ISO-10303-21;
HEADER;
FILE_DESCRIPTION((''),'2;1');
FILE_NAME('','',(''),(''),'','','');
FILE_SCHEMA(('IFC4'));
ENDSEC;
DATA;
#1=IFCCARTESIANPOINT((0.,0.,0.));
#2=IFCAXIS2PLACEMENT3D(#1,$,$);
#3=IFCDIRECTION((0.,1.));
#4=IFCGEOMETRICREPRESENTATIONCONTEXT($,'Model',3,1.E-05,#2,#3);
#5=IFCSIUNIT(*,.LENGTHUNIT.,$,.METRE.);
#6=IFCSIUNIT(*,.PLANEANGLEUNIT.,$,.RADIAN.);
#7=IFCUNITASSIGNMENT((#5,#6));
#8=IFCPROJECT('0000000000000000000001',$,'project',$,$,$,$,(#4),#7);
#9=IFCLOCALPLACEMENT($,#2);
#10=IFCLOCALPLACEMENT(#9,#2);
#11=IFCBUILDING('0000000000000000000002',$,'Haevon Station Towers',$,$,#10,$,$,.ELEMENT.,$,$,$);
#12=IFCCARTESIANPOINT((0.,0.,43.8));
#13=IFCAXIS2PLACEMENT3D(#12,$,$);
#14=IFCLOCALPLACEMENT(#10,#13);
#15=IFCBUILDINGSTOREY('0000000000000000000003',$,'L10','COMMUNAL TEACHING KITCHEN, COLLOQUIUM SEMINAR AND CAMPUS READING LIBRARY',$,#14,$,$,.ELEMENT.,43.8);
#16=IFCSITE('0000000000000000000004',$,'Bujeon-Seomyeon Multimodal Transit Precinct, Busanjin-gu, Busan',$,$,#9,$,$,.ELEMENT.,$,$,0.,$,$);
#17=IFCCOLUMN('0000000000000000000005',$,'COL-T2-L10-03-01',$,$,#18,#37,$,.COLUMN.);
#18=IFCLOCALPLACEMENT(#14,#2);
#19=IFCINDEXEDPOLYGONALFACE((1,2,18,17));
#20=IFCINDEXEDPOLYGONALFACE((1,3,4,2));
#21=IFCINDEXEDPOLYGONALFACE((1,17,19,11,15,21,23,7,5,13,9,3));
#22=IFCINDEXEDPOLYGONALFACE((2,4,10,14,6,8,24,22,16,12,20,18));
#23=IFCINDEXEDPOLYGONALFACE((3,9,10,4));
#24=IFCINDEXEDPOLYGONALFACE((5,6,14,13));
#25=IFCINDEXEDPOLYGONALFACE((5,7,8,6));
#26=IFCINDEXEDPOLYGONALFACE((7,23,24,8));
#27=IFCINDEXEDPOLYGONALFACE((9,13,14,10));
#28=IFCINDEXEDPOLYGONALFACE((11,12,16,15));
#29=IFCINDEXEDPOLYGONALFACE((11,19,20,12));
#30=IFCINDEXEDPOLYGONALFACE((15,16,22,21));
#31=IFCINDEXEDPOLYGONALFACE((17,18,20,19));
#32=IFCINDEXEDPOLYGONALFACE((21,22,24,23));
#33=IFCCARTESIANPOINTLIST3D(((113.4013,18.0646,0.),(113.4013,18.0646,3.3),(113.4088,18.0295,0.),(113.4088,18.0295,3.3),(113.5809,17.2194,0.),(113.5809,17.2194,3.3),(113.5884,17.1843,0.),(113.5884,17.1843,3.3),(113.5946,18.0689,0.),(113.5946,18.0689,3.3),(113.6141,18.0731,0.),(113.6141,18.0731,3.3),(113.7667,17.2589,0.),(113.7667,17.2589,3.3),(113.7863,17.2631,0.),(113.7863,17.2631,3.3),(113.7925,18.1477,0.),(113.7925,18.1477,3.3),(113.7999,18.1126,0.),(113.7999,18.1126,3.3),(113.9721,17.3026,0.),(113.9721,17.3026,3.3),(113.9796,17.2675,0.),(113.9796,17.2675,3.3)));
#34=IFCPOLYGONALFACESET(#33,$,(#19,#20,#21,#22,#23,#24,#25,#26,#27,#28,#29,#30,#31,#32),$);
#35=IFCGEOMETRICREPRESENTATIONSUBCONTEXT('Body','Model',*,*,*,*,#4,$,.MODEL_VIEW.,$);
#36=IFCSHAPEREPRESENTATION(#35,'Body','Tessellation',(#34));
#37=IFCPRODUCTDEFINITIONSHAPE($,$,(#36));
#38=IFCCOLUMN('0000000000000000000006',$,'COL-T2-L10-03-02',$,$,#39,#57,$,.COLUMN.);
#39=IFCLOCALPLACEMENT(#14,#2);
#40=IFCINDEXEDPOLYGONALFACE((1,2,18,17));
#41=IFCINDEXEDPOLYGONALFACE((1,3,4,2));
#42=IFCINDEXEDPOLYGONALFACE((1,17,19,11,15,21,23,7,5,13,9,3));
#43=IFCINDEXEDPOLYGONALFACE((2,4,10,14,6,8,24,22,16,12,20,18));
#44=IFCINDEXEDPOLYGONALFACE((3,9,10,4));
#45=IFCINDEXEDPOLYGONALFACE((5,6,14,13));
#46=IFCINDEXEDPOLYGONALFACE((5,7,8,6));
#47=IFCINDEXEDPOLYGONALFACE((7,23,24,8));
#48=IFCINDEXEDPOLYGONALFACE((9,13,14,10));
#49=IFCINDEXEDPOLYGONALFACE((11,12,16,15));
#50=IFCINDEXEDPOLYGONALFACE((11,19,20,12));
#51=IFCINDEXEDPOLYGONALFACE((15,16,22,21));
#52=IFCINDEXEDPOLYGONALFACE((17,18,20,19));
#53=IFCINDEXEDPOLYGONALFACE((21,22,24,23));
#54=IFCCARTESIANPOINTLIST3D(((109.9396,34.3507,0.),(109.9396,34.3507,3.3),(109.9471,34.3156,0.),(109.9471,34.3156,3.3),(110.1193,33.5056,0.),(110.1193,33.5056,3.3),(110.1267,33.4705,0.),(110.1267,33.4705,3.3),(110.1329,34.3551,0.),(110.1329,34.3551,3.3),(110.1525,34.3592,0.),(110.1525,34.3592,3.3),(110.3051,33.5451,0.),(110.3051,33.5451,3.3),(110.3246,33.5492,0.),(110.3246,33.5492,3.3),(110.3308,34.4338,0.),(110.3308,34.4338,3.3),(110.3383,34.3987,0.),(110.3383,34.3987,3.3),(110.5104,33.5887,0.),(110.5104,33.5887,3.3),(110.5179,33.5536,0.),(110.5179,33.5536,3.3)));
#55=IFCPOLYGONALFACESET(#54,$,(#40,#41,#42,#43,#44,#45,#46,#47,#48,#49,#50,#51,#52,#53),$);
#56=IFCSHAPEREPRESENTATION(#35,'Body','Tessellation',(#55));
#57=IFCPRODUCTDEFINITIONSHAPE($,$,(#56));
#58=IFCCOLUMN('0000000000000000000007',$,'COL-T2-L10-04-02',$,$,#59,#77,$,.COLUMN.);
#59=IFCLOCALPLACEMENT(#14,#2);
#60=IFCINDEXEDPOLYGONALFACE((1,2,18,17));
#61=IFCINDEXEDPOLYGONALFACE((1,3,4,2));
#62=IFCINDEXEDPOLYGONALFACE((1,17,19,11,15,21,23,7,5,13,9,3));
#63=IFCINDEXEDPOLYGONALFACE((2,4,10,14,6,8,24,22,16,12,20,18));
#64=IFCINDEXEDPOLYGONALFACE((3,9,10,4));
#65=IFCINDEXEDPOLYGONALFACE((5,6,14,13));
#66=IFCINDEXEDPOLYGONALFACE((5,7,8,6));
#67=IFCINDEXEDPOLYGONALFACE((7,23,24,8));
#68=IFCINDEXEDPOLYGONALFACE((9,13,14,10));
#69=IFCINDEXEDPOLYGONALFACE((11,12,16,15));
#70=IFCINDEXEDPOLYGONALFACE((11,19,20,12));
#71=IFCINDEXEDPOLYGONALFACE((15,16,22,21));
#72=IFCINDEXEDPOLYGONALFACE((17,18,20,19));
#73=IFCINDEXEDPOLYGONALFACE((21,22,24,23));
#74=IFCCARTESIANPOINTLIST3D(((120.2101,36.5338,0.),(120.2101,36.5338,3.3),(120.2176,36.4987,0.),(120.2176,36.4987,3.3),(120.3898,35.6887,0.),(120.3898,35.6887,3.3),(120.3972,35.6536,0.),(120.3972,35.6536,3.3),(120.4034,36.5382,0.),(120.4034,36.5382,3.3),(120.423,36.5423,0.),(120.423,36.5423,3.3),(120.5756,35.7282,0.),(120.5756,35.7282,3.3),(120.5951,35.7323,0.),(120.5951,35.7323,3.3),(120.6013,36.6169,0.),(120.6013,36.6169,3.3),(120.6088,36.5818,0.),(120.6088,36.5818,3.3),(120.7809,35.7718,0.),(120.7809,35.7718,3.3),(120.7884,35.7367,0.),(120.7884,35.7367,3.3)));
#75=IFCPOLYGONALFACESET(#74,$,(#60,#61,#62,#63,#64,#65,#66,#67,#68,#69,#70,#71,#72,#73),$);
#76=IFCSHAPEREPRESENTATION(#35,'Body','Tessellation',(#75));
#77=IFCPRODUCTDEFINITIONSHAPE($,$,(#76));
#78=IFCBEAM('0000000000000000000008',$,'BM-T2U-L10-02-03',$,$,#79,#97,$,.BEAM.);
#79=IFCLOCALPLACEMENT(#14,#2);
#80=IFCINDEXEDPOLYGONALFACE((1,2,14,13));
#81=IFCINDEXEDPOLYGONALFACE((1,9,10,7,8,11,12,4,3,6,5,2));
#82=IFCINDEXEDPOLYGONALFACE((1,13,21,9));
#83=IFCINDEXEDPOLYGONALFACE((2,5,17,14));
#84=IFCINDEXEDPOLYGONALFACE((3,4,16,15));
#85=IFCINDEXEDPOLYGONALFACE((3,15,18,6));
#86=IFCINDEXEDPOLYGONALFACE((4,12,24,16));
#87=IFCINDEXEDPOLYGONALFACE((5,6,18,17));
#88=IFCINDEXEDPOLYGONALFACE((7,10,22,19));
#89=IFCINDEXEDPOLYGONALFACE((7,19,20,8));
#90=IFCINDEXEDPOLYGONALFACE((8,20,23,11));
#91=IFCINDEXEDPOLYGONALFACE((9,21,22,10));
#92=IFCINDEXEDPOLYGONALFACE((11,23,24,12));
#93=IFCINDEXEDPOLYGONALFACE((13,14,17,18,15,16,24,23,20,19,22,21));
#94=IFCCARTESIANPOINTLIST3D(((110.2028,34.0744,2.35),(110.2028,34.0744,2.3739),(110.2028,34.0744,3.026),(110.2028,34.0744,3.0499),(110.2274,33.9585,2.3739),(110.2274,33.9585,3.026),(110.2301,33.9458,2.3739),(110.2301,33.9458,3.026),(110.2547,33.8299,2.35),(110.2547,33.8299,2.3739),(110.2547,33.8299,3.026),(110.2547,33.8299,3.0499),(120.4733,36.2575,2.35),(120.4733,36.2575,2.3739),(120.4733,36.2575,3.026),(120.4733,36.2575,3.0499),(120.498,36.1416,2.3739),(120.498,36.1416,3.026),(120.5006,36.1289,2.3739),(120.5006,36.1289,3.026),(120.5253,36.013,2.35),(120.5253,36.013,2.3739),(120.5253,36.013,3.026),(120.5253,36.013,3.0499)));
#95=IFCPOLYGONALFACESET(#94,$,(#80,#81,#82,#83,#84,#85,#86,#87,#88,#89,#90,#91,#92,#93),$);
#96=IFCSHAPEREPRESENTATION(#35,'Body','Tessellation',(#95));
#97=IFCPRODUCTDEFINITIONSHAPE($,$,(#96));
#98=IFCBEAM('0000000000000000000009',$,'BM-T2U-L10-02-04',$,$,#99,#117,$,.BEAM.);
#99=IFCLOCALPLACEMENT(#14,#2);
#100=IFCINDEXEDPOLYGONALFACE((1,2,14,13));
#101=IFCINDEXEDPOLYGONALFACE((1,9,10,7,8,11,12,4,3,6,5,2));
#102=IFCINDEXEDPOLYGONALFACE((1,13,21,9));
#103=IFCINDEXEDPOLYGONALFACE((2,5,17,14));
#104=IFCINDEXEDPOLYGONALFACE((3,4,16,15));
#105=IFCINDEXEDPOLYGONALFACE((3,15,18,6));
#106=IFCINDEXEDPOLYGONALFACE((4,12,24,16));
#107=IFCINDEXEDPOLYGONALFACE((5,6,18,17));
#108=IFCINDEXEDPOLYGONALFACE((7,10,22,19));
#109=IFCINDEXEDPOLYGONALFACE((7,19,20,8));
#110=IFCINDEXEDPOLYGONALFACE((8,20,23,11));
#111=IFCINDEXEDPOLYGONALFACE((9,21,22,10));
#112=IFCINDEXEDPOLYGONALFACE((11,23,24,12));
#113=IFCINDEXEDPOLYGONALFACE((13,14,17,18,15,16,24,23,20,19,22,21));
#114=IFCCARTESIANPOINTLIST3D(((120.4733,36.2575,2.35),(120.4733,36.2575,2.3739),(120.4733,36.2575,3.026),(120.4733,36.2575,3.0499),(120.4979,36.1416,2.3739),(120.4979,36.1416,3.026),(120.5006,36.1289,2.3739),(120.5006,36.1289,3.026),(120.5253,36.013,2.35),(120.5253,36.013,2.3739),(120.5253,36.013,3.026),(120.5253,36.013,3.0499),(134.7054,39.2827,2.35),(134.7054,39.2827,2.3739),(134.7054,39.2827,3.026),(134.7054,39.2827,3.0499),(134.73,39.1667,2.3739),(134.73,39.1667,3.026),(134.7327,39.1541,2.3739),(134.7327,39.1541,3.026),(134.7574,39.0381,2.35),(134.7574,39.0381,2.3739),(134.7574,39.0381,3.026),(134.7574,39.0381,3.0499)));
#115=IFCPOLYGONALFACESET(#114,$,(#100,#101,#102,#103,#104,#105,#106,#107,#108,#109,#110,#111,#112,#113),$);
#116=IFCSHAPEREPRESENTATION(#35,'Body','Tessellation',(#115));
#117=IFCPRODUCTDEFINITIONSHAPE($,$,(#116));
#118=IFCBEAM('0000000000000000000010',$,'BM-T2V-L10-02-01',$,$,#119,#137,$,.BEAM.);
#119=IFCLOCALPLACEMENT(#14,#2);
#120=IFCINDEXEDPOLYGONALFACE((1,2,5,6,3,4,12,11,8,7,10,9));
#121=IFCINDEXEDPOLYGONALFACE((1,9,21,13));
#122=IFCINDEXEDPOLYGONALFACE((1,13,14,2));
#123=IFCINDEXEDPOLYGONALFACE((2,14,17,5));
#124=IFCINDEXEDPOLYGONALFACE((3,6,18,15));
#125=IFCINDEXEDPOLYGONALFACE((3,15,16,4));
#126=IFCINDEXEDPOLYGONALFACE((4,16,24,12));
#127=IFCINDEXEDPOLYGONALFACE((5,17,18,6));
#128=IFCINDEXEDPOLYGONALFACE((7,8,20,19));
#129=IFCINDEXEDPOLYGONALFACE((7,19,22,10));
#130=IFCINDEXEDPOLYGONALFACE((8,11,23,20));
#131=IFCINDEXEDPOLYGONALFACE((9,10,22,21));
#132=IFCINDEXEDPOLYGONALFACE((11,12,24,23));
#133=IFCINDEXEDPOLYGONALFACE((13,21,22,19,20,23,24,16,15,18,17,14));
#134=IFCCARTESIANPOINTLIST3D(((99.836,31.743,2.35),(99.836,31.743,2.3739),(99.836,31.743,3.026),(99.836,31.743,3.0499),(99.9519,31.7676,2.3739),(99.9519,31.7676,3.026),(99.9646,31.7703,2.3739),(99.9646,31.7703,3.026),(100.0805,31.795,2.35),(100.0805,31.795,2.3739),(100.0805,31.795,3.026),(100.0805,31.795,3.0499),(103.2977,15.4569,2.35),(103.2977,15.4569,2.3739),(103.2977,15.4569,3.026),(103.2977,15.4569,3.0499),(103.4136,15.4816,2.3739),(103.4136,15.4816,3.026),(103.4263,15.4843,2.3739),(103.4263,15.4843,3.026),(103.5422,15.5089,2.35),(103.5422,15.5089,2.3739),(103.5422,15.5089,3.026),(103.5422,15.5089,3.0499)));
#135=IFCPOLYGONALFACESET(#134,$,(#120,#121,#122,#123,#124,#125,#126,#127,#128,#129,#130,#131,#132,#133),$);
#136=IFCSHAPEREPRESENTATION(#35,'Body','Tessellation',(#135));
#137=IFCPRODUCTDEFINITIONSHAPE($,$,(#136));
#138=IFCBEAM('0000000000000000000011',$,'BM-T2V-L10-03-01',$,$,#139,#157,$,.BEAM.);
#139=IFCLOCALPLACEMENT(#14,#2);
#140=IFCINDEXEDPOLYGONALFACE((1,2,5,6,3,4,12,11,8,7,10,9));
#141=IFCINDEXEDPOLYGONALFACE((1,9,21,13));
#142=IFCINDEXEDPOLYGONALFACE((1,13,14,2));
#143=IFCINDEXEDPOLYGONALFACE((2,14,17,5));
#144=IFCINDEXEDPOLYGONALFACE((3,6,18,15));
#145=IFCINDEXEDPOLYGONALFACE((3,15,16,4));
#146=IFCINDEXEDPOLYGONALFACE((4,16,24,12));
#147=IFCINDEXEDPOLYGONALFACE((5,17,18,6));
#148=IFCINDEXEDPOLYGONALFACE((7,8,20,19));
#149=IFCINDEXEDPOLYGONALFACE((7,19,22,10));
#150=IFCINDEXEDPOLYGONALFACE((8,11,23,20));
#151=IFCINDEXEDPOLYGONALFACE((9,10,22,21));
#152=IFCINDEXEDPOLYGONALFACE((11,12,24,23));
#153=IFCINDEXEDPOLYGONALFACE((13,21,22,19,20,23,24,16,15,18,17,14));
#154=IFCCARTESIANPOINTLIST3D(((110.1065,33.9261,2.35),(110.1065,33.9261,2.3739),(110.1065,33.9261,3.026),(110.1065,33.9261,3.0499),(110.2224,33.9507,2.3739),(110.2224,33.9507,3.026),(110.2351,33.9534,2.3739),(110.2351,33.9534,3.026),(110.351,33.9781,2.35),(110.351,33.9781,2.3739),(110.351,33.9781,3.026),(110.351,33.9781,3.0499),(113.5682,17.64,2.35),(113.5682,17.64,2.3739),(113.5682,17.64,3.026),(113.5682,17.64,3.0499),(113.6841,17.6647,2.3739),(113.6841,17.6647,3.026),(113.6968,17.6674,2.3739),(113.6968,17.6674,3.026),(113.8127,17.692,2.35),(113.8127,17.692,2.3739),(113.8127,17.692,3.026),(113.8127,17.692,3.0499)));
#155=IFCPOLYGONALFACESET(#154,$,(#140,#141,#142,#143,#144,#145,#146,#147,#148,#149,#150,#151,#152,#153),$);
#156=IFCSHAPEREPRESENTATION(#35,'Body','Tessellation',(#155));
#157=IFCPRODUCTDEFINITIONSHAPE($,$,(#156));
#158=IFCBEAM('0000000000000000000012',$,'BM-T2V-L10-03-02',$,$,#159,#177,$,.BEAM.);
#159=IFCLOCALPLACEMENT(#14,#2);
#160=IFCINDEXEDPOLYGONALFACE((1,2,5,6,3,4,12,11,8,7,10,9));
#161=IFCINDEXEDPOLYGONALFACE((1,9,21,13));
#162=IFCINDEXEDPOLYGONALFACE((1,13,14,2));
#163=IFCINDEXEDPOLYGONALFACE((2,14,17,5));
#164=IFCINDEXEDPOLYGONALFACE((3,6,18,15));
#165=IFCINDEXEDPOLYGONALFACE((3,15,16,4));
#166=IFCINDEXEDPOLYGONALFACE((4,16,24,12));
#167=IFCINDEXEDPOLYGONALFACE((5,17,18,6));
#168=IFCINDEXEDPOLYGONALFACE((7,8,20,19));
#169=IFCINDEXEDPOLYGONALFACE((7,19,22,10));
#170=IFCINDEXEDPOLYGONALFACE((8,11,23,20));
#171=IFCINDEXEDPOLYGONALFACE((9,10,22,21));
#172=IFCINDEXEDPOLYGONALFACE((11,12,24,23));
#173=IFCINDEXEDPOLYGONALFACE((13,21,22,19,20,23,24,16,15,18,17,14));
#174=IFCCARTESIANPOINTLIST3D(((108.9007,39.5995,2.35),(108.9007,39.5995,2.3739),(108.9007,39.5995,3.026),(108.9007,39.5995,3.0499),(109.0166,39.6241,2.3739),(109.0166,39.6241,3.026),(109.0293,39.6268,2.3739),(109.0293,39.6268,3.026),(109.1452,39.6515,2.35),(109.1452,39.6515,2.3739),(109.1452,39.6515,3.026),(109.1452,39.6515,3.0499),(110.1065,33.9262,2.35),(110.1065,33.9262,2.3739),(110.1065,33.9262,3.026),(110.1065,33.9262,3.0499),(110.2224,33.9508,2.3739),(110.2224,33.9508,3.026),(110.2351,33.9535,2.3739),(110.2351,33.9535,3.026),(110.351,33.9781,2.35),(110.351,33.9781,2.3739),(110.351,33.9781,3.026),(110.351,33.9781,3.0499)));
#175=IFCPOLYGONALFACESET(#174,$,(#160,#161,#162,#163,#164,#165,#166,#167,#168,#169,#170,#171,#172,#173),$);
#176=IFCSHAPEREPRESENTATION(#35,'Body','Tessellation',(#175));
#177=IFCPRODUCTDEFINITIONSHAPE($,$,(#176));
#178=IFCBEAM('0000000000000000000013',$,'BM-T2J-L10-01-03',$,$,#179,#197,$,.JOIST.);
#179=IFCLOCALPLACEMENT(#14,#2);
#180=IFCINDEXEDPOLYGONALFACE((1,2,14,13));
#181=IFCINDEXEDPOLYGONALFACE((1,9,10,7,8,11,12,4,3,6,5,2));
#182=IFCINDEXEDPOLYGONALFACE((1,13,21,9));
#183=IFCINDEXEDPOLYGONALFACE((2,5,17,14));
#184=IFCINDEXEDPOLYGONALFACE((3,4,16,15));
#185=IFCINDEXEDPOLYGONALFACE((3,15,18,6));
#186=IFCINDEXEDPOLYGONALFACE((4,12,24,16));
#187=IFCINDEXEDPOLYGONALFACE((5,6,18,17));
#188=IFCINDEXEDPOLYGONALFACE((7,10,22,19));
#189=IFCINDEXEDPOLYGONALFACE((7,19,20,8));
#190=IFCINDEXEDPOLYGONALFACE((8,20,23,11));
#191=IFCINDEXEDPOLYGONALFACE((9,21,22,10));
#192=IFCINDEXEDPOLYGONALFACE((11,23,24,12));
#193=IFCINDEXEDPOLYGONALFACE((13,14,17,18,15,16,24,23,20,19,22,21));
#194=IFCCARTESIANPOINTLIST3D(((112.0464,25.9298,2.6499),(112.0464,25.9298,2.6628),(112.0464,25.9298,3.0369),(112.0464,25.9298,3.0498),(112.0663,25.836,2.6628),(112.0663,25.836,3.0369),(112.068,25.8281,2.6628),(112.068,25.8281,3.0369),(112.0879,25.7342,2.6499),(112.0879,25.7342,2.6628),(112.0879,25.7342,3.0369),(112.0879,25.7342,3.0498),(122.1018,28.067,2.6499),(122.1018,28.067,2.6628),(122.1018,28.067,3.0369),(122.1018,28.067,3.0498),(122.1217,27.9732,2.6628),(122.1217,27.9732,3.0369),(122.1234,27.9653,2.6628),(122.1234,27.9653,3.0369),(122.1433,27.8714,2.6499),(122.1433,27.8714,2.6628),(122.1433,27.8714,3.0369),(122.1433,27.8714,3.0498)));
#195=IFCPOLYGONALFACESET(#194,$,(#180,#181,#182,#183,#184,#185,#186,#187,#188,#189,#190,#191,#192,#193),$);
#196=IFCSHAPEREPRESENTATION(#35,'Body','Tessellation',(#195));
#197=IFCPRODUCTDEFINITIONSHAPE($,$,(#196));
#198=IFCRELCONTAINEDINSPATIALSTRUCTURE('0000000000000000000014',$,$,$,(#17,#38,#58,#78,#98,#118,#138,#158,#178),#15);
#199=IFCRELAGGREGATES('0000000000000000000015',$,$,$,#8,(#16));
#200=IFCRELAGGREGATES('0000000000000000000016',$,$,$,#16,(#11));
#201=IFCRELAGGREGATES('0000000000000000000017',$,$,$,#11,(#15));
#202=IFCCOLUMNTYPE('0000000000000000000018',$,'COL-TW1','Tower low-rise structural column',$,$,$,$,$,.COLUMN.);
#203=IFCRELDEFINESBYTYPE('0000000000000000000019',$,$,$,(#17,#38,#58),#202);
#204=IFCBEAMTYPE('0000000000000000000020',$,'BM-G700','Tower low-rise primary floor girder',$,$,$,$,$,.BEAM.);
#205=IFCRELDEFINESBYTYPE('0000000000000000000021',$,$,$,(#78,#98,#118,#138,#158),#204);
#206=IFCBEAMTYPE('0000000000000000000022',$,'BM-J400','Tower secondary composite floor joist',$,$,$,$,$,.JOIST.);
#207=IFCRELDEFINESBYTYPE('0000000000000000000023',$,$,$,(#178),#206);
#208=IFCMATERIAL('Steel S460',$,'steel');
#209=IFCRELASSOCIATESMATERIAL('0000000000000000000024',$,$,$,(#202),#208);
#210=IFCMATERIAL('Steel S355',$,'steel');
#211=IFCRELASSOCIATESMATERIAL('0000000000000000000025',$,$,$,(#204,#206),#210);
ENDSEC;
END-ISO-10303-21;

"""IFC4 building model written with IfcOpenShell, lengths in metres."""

from ifc_helpers import new_model, si_unit, direction, frame, origin, origin_2d, place, context, subcontext, project, spatial, i_section, extrude, material, material_profile, profile_set, type_object, element, save


model = new_model("IFC4")

# Units and contexts
model_context = context("Model", 3, precision=1e-05, world=origin(), true_north=direction((0.0, 1.0)))
body_context = subcontext(model_context, "Body", "Model", "MODEL_VIEW")
ifc_project = project(units=[si_unit("LENGTHUNIT", "METRE"), si_unit("PLANEANGLEUNIT", "RADIAN")], contexts=[model_context])

# Site, building, storey
site_placement = place(None, origin())
site = spatial("IfcSite", under=ifc_project, at=site_placement, Name="Bujeon-Seomyeon Multimodal Transit Precinct, Busanjin-gu, Busan", CompositionType="ELEMENT", RefElevation=0.0)
building_placement = place(site_placement, origin())
building = spatial("IfcBuilding", under=site, at=building_placement, Name="Haevon Station Towers", CompositionType="ELEMENT")
storey_placement = place(building_placement, frame((0.0, 0.0, 43.8)))
storey = spatial("IfcBuildingStorey", under=building, at=storey_placement, Name="L10", Description="COMMUNAL TEACHING KITCHEN, COLLOQUIUM SEMINAR AND CAMPUS READING LIBRARY", CompositionType="ELEMENT", Elevation=43.8)

# Columns
ifc_material_1 = material(Name="Steel S460", Category="steel")
ifc_material_profile_1 = material_profile(ifc_material_1, i_section(OverallWidth=0.3999, OverallDepth=0.8999, WebThickness=0.02, FlangeThickness=0.0359, at=origin_2d()), Name="H-900x400x20x36")
ifc_profile_set_1 = profile_set([ifc_material_profile_1], Name="Steel S460")
column_type = type_object("IfcColumnType", Name="COL-TW1", Description="Tower low-rise structural column", PredefinedType="COLUMN", material=ifc_profile_set_1)
for number, where, z_axis, x_axis, name in (
    (1, (113.6904, 17.666, 0.0), (0.0, 0.0, 1.0), (0.978148, 0.207912, 0.0), "COL-T2-L10-03-01"),
    (2, (110.2288, 33.9521, 0.0), (0.0, 0.0, 1.0), (0.978148, 0.207912, 0.0), "COL-T2-L10-03-02"),
    (3, (120.4993, 36.1353, 0.0), (0.0, 0.0, 1.0), (0.978148, 0.207912, 0.0), "COL-T2-L10-04-02"),
):
    element("IfcColumn", number, at=place(storey_placement, frame(where, z_axis=z_axis, x_axis=x_axis)), inside=storey, type_object=column_type, Name=name, PredefinedType="COLUMN", context=body_context, shape_type="SweptSolid", body=[
        extrude(i_section(OverallWidth=0.3999, OverallDepth=0.8999, WebThickness=0.02, FlangeThickness=0.0359, at=origin_2d()), origin(), (0.0, 0.0, 1.0), 3.3),
    ])

# Beams
ifc_material_2 = material(Name="Steel S355", Category="steel")
ifc_material_profile_2 = material_profile(ifc_material_2, i_section(OverallWidth=0.25, OverallDepth=0.7, WebThickness=0.0129, FlangeThickness=0.0239, at=origin_2d()), Name="H-700x250x13x24")
ifc_profile_set_2 = profile_set([ifc_material_profile_2], Name="Steel S355")
beam_type_1 = type_object("IfcBeamType", Name="BM-G700", Description="Tower low-rise primary floor girder", PredefinedType="BEAM", material=ifc_profile_set_2)
beam_1_placement = place(storey_placement, frame((110.2288, 33.9521, 2.7), z_axis=(0.978147, 0.207915, 0.0), x_axis=(-0.207915, 0.978147, 0.0)))
element("IfcBeam", 4, at=beam_1_placement, inside=storey, type_object=beam_type_1, Name="BM-T2U-L10-02-03", PredefinedType="BEAM", context=body_context, shape_type="SweptSolid", body=[
    extrude(i_section(OverallWidth=0.25, OverallDepth=0.7, WebThickness=0.0129, FlangeThickness=0.0239, at=origin_2d()), origin(), (0.0, 0.0, 1.0), 10.5),
])
beam_2_placement = place(storey_placement, frame((120.4993, 36.1353, 2.7), z_axis=(0.978148, 0.207912, 0.0), x_axis=(-0.207912, 0.978148, 0.0)))
element("IfcBeam", 5, at=beam_2_placement, inside=storey, type_object=beam_type_1, Name="BM-T2U-L10-02-04", PredefinedType="BEAM", context=body_context, shape_type="SweptSolid", body=[
    extrude(i_section(OverallWidth=0.25, OverallDepth=0.7, WebThickness=0.0129, FlangeThickness=0.0239, at=origin_2d()), origin(), (0.0, 0.0, 1.0), 14.55),
])
for number, where, z_axis, x_axis, name in (
    (6, (103.4199, 15.4829, 2.7), (-0.207909, 0.978148, 0.0), (-0.978148, -0.207909, 0.0), "BM-T2V-L10-02-01"),
    (7, (113.6904, 17.666, 2.7), (-0.207909, 0.978148, 0.0), (-0.978148, -0.207909, 0.0), "BM-T2V-L10-03-01"),
):
    element("IfcBeam", number, at=place(storey_placement, frame(where, z_axis=z_axis, x_axis=x_axis)), inside=storey, type_object=beam_type_1, Name=name, PredefinedType="BEAM", context=body_context, shape_type="SweptSolid", body=[
        extrude(i_section(OverallWidth=0.25, OverallDepth=0.7, WebThickness=0.0129, FlangeThickness=0.0239, at=origin_2d()), origin(), (0.0, 0.0, 1.0), 16.6499),
    ])
beam_3_placement = place(storey_placement, frame((110.2288, 33.9521, 2.7), z_axis=(-0.207896, 0.978151, 0.0), x_axis=(-0.978151, -0.207896, 0.0)))
element("IfcBeam", 8, at=beam_3_placement, inside=storey, type_object=beam_type_1, Name="BM-T2V-L10-03-02", PredefinedType="BEAM", context=body_context, shape_type="SweptSolid", body=[
    extrude(i_section(OverallWidth=0.25, OverallDepth=0.7, WebThickness=0.0129, FlangeThickness=0.0239, at=origin_2d()), origin(), (0.0, 0.0, 1.0), 5.8),
])
ifc_material_profile_3 = material_profile(ifc_material_2, i_section(OverallWidth=0.2, OverallDepth=0.3999, WebThickness=0.0081, FlangeThickness=0.0129, at=origin_2d()), Name="H-400x200x8x13")
ifc_profile_set_3 = profile_set([ifc_material_profile_3], Name="Steel S355")
beam_type_2 = type_object("IfcBeamType", Name="BM-J400", Description="Tower secondary composite floor joist", PredefinedType="JOIST", material=ifc_profile_set_3)
for number, where, z_axis, x_axis, name in (
    (9, (112.0671, 25.832, 2.8499), (0.97815, 0.207899, 0.0), (-0.207899, 0.97815, 0.0), "BM-T2J-L10-01-03"),
):
    element("IfcBeam", number, at=place(storey_placement, frame(where, z_axis=z_axis, x_axis=x_axis)), inside=storey, type_object=beam_type_2, Name=name, PredefinedType="JOIST", context=body_context, shape_type="SweptSolid", body=[
        extrude(i_section(OverallWidth=0.2, OverallDepth=0.3999, WebThickness=0.0081, FlangeThickness=0.0129, at=origin_2d()), origin(), (0.0, 0.0, 1.0), 10.28),
    ])

save(model, "model.ifc")
